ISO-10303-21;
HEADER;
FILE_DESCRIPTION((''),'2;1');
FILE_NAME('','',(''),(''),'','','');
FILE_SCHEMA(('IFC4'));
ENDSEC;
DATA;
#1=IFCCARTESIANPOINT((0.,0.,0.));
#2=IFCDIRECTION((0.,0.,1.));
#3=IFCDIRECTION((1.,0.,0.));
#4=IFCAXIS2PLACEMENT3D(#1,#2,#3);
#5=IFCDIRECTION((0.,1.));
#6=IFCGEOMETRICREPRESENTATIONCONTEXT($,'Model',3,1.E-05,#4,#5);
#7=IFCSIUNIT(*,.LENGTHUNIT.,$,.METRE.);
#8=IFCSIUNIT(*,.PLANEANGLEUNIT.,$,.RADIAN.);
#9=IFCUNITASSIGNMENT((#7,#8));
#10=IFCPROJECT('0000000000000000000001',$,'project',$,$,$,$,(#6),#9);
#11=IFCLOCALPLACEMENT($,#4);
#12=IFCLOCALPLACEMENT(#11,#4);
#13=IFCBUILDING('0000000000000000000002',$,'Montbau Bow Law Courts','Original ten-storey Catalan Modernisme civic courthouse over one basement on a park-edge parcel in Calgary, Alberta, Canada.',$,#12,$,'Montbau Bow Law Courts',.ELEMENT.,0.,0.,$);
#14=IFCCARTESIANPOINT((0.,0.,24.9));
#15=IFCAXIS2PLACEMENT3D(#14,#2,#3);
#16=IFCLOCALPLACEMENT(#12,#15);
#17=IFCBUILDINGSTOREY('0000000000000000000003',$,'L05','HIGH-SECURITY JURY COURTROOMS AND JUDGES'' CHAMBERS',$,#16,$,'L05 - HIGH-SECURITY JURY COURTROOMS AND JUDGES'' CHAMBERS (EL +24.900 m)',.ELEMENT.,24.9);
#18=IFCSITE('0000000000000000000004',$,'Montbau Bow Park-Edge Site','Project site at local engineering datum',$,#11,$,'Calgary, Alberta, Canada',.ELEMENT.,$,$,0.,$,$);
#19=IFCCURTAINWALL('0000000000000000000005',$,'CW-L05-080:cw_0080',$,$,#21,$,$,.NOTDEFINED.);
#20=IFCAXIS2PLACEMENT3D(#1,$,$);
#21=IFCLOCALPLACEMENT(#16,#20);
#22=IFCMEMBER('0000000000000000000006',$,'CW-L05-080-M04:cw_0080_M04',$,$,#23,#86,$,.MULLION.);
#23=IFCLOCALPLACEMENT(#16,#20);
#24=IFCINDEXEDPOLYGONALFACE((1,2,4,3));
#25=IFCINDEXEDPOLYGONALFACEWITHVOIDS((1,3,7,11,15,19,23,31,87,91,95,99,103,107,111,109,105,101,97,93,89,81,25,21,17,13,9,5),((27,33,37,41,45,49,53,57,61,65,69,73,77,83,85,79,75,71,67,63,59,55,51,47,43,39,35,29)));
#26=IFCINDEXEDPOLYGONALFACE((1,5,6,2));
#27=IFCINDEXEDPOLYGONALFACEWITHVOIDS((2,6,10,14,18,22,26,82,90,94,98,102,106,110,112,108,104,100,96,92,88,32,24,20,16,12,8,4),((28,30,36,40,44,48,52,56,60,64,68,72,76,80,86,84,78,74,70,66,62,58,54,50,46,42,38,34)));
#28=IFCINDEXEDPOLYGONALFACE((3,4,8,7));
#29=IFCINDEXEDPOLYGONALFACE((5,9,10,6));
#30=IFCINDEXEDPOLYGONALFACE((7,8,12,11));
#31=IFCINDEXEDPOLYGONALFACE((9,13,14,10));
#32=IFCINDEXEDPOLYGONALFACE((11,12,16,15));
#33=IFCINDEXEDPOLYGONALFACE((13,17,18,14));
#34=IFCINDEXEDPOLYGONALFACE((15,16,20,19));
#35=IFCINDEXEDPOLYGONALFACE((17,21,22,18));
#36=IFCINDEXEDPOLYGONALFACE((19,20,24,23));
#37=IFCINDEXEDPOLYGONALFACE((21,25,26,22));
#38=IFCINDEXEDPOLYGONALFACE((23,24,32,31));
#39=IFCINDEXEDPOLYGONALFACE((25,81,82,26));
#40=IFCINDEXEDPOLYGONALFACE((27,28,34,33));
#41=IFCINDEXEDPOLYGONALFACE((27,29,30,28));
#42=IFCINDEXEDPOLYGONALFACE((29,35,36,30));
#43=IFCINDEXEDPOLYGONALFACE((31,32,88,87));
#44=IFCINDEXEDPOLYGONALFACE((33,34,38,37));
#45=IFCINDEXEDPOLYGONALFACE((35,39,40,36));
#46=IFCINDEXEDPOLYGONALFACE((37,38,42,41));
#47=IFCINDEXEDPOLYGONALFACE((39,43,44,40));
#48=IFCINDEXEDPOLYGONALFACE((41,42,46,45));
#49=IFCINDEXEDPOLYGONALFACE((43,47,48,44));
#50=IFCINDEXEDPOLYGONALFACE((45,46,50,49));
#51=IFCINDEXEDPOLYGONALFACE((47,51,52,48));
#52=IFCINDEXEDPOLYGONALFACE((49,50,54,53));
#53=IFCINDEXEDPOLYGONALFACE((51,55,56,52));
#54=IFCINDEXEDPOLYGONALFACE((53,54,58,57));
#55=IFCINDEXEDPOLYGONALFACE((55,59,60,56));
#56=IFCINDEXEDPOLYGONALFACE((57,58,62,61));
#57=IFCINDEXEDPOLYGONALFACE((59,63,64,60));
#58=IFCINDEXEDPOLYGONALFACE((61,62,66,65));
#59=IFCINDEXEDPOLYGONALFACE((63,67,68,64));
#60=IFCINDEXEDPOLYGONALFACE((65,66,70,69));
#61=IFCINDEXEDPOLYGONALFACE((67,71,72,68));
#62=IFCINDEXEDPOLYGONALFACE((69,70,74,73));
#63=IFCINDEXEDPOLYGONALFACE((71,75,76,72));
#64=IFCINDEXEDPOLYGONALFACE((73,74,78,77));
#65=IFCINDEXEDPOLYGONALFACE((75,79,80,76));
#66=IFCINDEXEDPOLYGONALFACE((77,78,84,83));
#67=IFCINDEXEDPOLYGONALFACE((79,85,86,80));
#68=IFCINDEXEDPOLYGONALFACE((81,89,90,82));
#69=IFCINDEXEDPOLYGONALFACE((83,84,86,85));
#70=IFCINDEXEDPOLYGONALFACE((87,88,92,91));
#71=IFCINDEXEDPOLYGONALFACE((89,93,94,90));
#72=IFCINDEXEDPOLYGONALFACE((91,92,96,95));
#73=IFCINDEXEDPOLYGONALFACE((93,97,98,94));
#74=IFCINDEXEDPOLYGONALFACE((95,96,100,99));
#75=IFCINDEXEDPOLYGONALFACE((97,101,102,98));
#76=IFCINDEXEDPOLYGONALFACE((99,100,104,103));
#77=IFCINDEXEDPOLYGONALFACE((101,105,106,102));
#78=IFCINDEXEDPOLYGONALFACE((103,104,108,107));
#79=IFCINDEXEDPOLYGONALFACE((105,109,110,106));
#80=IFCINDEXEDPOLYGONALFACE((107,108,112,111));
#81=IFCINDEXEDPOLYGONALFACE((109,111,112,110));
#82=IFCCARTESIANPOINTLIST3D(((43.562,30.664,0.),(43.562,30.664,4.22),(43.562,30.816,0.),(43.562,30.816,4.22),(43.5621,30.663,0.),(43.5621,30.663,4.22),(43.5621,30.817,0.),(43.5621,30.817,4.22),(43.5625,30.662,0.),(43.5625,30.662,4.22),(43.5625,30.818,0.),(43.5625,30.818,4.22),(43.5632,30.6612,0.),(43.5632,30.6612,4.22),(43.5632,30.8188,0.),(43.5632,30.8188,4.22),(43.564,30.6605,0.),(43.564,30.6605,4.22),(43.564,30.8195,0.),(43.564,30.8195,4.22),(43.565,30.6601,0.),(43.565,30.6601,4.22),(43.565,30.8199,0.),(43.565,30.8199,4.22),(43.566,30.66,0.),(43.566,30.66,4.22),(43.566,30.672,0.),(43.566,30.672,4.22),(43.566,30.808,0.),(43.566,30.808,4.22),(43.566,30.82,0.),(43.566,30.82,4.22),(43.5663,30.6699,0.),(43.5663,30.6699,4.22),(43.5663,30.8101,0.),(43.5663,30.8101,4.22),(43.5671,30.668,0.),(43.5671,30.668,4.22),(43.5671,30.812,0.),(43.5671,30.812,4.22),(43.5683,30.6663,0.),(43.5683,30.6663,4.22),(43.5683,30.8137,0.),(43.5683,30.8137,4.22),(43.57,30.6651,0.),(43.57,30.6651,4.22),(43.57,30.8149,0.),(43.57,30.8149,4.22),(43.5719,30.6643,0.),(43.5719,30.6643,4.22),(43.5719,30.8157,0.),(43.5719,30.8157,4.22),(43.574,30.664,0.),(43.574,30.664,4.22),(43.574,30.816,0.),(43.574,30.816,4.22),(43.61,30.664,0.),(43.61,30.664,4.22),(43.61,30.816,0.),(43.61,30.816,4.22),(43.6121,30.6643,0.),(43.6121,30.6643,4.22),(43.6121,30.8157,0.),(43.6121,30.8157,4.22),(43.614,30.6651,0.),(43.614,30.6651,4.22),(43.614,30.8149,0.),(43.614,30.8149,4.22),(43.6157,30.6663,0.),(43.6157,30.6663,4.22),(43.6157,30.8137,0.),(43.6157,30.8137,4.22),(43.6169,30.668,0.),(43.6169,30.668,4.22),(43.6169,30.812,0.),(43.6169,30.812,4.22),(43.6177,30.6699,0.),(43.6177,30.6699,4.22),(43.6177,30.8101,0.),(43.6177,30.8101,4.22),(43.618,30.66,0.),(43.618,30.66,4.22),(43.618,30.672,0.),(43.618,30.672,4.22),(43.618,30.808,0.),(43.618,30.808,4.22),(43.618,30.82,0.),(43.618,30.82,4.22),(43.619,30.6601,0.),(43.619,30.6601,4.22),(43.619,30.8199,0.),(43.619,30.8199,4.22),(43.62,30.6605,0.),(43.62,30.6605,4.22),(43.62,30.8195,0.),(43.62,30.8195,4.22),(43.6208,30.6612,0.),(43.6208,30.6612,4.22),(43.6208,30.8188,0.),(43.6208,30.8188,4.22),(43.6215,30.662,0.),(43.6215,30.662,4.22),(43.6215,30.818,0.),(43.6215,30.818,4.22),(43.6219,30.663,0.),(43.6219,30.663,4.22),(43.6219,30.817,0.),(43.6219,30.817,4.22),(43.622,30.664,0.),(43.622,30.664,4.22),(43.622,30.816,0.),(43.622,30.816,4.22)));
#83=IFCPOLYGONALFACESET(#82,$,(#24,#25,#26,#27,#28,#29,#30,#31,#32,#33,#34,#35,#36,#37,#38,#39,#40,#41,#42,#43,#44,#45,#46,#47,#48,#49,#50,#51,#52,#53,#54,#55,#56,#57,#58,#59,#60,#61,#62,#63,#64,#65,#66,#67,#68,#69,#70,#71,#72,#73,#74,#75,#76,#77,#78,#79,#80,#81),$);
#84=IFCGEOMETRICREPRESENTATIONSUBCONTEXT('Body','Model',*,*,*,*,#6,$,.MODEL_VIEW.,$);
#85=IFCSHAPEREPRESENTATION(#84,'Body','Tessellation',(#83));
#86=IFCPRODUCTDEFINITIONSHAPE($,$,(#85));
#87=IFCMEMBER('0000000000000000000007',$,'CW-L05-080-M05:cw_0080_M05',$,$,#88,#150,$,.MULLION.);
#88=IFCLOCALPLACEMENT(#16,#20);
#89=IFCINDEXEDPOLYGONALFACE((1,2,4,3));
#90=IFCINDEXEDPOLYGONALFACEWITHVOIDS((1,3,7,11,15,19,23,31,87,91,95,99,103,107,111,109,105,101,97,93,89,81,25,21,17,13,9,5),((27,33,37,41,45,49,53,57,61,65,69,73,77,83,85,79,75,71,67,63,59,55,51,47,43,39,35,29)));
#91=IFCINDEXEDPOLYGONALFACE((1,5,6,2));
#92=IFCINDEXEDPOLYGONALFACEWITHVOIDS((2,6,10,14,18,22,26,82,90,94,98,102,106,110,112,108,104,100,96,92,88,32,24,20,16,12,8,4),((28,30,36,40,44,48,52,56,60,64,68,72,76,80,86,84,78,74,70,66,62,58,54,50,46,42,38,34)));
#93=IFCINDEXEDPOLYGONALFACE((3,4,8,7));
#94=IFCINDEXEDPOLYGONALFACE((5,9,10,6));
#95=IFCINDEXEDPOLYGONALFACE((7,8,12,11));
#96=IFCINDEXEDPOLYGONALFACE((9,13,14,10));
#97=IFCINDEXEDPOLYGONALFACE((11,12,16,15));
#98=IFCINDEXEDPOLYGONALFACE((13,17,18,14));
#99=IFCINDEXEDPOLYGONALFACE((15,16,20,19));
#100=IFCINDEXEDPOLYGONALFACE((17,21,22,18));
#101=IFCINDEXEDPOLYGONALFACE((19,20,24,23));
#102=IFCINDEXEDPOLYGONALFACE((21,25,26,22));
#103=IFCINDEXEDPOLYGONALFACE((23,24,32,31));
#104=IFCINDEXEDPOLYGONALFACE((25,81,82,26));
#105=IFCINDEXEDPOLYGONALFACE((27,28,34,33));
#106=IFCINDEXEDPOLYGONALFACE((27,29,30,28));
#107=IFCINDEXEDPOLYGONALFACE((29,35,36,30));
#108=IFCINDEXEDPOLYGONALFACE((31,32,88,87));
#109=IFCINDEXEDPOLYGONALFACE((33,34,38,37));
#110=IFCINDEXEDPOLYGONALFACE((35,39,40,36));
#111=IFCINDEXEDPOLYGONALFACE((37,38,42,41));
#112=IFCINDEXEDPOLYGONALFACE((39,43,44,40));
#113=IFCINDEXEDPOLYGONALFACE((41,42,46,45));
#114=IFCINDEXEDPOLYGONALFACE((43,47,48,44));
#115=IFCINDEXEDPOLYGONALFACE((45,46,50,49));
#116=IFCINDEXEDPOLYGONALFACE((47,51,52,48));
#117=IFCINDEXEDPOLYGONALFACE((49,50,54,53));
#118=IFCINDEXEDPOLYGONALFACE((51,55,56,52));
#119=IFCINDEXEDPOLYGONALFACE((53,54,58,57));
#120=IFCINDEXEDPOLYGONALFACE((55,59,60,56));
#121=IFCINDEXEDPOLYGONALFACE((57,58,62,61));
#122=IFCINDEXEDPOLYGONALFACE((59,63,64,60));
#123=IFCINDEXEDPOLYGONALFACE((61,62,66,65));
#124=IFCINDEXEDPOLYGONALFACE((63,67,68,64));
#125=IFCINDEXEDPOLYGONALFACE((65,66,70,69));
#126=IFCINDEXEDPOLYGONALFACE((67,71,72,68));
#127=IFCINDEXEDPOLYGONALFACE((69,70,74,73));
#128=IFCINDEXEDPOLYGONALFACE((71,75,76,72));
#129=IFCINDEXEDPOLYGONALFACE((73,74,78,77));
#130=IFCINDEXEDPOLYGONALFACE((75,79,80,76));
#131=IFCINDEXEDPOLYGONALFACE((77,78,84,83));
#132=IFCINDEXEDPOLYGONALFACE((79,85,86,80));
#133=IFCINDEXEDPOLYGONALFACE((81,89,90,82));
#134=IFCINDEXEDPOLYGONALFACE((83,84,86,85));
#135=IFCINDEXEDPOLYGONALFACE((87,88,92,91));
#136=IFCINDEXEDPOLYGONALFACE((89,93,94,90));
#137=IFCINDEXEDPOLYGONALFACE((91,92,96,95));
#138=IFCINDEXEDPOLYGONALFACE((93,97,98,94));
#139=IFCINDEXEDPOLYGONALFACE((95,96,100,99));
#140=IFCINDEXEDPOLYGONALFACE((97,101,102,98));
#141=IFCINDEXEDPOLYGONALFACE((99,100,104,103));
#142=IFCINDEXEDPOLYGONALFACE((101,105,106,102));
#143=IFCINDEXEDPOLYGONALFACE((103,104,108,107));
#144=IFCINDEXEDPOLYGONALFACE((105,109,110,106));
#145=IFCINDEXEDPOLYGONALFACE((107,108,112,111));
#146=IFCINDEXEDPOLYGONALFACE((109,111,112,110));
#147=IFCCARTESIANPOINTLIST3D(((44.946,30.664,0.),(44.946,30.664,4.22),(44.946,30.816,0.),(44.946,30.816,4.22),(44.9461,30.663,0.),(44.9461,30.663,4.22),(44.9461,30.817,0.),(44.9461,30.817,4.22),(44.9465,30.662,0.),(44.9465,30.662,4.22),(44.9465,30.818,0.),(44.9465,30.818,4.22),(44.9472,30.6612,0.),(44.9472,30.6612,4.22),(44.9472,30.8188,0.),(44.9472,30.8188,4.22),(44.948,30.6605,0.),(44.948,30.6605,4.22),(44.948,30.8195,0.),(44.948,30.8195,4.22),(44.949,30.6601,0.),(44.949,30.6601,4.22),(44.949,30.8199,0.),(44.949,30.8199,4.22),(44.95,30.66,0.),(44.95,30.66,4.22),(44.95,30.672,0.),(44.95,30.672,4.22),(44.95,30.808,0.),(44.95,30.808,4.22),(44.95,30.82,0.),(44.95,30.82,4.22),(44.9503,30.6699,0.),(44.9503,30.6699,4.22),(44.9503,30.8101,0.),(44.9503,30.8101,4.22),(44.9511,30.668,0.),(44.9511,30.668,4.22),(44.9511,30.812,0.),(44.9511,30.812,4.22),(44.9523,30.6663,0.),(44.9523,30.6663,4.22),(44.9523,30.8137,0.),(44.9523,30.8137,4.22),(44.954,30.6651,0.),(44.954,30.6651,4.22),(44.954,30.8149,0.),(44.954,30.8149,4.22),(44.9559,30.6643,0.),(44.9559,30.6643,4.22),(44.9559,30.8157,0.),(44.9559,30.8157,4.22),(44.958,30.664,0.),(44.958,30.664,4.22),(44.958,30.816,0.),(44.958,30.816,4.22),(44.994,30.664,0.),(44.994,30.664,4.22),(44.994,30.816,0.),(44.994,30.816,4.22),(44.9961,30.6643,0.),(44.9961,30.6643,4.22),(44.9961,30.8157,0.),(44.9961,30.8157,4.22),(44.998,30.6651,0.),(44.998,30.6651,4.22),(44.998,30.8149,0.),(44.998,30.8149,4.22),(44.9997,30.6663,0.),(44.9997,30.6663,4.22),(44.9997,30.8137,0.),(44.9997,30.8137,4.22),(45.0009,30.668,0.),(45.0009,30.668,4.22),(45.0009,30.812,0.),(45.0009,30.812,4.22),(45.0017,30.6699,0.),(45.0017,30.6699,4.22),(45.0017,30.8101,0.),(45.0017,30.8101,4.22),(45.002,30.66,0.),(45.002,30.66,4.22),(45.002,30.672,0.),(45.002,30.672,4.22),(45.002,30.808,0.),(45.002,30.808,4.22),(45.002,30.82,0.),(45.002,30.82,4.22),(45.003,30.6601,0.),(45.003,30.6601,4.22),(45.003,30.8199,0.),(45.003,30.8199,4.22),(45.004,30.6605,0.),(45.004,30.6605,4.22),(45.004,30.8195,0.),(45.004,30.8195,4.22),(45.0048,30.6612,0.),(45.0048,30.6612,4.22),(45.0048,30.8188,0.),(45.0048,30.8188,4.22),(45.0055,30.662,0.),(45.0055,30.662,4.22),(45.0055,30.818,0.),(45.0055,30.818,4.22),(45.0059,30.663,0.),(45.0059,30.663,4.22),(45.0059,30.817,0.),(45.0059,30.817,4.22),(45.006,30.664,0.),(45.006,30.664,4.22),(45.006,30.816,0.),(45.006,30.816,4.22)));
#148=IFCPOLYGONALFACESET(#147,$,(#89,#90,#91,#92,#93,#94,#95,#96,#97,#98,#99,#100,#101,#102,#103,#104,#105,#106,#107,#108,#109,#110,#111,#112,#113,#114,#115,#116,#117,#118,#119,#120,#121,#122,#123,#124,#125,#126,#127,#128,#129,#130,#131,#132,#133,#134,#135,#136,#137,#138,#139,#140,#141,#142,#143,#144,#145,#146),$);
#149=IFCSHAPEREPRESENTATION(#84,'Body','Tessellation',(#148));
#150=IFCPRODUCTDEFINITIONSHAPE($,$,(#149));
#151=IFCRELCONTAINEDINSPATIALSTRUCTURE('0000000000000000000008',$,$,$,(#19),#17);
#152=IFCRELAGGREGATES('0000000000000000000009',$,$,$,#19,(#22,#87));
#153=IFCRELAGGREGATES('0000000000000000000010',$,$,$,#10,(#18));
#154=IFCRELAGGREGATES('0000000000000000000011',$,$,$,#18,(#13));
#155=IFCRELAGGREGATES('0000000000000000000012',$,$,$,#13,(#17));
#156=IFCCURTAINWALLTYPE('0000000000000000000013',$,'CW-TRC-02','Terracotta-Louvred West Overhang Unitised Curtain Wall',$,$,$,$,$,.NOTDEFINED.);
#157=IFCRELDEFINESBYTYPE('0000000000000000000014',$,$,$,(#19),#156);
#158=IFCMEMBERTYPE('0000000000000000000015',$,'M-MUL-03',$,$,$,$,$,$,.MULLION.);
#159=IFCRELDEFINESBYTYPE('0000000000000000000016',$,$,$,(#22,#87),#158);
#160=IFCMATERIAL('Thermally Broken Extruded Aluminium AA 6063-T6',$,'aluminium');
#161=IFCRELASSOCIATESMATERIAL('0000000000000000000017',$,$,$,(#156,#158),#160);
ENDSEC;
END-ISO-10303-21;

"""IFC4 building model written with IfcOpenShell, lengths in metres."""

from ifc_helpers import new_model, si_unit, direction, frame, origin_with_axes, origin_2d_with_axis, place, context, subcontext, project, spatial, hollow_rectangle, extrude, material, material_profile, profile_set, type_object, element, aggregate, save


model = new_model("IFC4")

# Units and contexts
model_context = context("Model", 3, precision=1e-05, world=origin_with_axes(), true_north=direction((0.0, 1.0)))
body_context = subcontext(model_context, "Body", "Model", "MODEL_VIEW")
ifc_project = project(units=[si_unit("LENGTHUNIT", "METRE"), si_unit("PLANEANGLEUNIT", "RADIAN")], contexts=[model_context])

# Site, building, storey
site_placement = place(None, origin_with_axes())
site = spatial("IfcSite", under=ifc_project, at=site_placement, Name="Montbau Bow Park-Edge Site", Description="Project site at local engineering datum", LongName="Calgary, Alberta, Canada", CompositionType="ELEMENT", RefElevation=0.0)
building_placement = place(site_placement, origin_with_axes())
building = spatial("IfcBuilding", under=site, at=building_placement, Name="Montbau Bow Law Courts", Description="Original ten-storey Catalan Modernisme civic courthouse over one basement on a park-edge parcel in Calgary, Alberta, Canada.", LongName="Montbau Bow Law Courts", CompositionType="ELEMENT", ElevationOfRefHeight=0.0, ElevationOfTerrain=0.0)
storey_placement = place(building_placement, frame((0.0, 0.0, 24.9), z_axis=(0.0, 0.0, 1.0), x_axis=(1.0, 0.0, 0.0)))
storey = spatial("IfcBuildingStorey", under=building, at=storey_placement, Name="L05", Description="HIGH-SECURITY JURY COURTROOMS AND JUDGES' CHAMBERS", LongName="L05 - HIGH-SECURITY JURY COURTROOMS AND JUDGES' CHAMBERS (EL +24.900 m)", CompositionType="ELEMENT", Elevation=24.9)

# Curtain wall, members
ifc_material_1 = material(Name="Thermally Broken Extruded Aluminium AA 6063-T6", Category="aluminium")
curtain_wall_type = type_object("IfcCurtainWallType", Name="CW-TRC-02", Description="Terracotta-Louvred West Overhang Unitised Curtain Wall", PredefinedType="NOTDEFINED", material=ifc_material_1)
curtain_wall_1_placement = place(None, frame((39.44, 30.74, 24.9), z_axis=(0.0, 0.0, 1.0), x_axis=(1.0, 0.0, 0.0)))
curtain_wall_1 = element("IfcCurtainWall", 1, at=curtain_wall_1_placement, inside=storey, type_object=curtain_wall_type, Name="CW-L05-080:cw_0080", PredefinedType="NOTDEFINED")
ifc_material_profile_1 = material_profile(ifc_material_1, hollow_rectangle(XDim=0.06, YDim=0.16, WallThickness=0.004, InnerFilletRadius=0.008, OuterFilletRadius=0.004, at=origin_2d_with_axis()), Name="CWM-160X60", Category="Main", Priority=0)
ifc_profile_set_1 = profile_set([ifc_material_profile_1], Name="Thermally Broken Extruded Aluminium AA 6063-T6")
member_type_1 = type_object("IfcMemberType", Name="M-MUL-03", PredefinedType="MULLION", material=ifc_profile_set_1)
member_1_placement = place(None, frame((43.592, 30.74, 24.9), z_axis=(0.0, 0.0, 1.0), x_axis=(1.0, 0.0, 0.0)))
member_1 = element("IfcMember", 2, at=member_1_placement, type_object=member_type_1, Name="CW-L05-080-M04:cw_0080_M04", PredefinedType="MULLION", context=body_context, shape_type="SweptSolid", body=[
    extrude(hollow_rectangle(XDim=0.06, YDim=0.16, WallThickness=0.004, InnerFilletRadius=0.008, OuterFilletRadius=0.004, at=origin_2d_with_axis()), origin_with_axes(), (0.0, 0.0, 1.0), 4.22),
])
member_2_placement = place(None, frame((44.976, 30.74, 24.9), z_axis=(0.0, 0.0, 1.0), x_axis=(1.0, 0.0, 0.0)))
member_2 = element("IfcMember", 3, at=member_2_placement, type_object=member_type_1, Name="CW-L05-080-M05:cw_0080_M05", PredefinedType="MULLION", context=body_context, shape_type="SweptSolid", body=[
    extrude(hollow_rectangle(XDim=0.06, YDim=0.16, WallThickness=0.004, InnerFilletRadius=0.008, OuterFilletRadius=0.004, at=origin_2d_with_axis()), origin_with_axes(), (0.0, 0.0, 1.0), 4.22),
])

aggregate(curtain_wall_1, [member_1, member_2])

save(model, "model.ifc")
